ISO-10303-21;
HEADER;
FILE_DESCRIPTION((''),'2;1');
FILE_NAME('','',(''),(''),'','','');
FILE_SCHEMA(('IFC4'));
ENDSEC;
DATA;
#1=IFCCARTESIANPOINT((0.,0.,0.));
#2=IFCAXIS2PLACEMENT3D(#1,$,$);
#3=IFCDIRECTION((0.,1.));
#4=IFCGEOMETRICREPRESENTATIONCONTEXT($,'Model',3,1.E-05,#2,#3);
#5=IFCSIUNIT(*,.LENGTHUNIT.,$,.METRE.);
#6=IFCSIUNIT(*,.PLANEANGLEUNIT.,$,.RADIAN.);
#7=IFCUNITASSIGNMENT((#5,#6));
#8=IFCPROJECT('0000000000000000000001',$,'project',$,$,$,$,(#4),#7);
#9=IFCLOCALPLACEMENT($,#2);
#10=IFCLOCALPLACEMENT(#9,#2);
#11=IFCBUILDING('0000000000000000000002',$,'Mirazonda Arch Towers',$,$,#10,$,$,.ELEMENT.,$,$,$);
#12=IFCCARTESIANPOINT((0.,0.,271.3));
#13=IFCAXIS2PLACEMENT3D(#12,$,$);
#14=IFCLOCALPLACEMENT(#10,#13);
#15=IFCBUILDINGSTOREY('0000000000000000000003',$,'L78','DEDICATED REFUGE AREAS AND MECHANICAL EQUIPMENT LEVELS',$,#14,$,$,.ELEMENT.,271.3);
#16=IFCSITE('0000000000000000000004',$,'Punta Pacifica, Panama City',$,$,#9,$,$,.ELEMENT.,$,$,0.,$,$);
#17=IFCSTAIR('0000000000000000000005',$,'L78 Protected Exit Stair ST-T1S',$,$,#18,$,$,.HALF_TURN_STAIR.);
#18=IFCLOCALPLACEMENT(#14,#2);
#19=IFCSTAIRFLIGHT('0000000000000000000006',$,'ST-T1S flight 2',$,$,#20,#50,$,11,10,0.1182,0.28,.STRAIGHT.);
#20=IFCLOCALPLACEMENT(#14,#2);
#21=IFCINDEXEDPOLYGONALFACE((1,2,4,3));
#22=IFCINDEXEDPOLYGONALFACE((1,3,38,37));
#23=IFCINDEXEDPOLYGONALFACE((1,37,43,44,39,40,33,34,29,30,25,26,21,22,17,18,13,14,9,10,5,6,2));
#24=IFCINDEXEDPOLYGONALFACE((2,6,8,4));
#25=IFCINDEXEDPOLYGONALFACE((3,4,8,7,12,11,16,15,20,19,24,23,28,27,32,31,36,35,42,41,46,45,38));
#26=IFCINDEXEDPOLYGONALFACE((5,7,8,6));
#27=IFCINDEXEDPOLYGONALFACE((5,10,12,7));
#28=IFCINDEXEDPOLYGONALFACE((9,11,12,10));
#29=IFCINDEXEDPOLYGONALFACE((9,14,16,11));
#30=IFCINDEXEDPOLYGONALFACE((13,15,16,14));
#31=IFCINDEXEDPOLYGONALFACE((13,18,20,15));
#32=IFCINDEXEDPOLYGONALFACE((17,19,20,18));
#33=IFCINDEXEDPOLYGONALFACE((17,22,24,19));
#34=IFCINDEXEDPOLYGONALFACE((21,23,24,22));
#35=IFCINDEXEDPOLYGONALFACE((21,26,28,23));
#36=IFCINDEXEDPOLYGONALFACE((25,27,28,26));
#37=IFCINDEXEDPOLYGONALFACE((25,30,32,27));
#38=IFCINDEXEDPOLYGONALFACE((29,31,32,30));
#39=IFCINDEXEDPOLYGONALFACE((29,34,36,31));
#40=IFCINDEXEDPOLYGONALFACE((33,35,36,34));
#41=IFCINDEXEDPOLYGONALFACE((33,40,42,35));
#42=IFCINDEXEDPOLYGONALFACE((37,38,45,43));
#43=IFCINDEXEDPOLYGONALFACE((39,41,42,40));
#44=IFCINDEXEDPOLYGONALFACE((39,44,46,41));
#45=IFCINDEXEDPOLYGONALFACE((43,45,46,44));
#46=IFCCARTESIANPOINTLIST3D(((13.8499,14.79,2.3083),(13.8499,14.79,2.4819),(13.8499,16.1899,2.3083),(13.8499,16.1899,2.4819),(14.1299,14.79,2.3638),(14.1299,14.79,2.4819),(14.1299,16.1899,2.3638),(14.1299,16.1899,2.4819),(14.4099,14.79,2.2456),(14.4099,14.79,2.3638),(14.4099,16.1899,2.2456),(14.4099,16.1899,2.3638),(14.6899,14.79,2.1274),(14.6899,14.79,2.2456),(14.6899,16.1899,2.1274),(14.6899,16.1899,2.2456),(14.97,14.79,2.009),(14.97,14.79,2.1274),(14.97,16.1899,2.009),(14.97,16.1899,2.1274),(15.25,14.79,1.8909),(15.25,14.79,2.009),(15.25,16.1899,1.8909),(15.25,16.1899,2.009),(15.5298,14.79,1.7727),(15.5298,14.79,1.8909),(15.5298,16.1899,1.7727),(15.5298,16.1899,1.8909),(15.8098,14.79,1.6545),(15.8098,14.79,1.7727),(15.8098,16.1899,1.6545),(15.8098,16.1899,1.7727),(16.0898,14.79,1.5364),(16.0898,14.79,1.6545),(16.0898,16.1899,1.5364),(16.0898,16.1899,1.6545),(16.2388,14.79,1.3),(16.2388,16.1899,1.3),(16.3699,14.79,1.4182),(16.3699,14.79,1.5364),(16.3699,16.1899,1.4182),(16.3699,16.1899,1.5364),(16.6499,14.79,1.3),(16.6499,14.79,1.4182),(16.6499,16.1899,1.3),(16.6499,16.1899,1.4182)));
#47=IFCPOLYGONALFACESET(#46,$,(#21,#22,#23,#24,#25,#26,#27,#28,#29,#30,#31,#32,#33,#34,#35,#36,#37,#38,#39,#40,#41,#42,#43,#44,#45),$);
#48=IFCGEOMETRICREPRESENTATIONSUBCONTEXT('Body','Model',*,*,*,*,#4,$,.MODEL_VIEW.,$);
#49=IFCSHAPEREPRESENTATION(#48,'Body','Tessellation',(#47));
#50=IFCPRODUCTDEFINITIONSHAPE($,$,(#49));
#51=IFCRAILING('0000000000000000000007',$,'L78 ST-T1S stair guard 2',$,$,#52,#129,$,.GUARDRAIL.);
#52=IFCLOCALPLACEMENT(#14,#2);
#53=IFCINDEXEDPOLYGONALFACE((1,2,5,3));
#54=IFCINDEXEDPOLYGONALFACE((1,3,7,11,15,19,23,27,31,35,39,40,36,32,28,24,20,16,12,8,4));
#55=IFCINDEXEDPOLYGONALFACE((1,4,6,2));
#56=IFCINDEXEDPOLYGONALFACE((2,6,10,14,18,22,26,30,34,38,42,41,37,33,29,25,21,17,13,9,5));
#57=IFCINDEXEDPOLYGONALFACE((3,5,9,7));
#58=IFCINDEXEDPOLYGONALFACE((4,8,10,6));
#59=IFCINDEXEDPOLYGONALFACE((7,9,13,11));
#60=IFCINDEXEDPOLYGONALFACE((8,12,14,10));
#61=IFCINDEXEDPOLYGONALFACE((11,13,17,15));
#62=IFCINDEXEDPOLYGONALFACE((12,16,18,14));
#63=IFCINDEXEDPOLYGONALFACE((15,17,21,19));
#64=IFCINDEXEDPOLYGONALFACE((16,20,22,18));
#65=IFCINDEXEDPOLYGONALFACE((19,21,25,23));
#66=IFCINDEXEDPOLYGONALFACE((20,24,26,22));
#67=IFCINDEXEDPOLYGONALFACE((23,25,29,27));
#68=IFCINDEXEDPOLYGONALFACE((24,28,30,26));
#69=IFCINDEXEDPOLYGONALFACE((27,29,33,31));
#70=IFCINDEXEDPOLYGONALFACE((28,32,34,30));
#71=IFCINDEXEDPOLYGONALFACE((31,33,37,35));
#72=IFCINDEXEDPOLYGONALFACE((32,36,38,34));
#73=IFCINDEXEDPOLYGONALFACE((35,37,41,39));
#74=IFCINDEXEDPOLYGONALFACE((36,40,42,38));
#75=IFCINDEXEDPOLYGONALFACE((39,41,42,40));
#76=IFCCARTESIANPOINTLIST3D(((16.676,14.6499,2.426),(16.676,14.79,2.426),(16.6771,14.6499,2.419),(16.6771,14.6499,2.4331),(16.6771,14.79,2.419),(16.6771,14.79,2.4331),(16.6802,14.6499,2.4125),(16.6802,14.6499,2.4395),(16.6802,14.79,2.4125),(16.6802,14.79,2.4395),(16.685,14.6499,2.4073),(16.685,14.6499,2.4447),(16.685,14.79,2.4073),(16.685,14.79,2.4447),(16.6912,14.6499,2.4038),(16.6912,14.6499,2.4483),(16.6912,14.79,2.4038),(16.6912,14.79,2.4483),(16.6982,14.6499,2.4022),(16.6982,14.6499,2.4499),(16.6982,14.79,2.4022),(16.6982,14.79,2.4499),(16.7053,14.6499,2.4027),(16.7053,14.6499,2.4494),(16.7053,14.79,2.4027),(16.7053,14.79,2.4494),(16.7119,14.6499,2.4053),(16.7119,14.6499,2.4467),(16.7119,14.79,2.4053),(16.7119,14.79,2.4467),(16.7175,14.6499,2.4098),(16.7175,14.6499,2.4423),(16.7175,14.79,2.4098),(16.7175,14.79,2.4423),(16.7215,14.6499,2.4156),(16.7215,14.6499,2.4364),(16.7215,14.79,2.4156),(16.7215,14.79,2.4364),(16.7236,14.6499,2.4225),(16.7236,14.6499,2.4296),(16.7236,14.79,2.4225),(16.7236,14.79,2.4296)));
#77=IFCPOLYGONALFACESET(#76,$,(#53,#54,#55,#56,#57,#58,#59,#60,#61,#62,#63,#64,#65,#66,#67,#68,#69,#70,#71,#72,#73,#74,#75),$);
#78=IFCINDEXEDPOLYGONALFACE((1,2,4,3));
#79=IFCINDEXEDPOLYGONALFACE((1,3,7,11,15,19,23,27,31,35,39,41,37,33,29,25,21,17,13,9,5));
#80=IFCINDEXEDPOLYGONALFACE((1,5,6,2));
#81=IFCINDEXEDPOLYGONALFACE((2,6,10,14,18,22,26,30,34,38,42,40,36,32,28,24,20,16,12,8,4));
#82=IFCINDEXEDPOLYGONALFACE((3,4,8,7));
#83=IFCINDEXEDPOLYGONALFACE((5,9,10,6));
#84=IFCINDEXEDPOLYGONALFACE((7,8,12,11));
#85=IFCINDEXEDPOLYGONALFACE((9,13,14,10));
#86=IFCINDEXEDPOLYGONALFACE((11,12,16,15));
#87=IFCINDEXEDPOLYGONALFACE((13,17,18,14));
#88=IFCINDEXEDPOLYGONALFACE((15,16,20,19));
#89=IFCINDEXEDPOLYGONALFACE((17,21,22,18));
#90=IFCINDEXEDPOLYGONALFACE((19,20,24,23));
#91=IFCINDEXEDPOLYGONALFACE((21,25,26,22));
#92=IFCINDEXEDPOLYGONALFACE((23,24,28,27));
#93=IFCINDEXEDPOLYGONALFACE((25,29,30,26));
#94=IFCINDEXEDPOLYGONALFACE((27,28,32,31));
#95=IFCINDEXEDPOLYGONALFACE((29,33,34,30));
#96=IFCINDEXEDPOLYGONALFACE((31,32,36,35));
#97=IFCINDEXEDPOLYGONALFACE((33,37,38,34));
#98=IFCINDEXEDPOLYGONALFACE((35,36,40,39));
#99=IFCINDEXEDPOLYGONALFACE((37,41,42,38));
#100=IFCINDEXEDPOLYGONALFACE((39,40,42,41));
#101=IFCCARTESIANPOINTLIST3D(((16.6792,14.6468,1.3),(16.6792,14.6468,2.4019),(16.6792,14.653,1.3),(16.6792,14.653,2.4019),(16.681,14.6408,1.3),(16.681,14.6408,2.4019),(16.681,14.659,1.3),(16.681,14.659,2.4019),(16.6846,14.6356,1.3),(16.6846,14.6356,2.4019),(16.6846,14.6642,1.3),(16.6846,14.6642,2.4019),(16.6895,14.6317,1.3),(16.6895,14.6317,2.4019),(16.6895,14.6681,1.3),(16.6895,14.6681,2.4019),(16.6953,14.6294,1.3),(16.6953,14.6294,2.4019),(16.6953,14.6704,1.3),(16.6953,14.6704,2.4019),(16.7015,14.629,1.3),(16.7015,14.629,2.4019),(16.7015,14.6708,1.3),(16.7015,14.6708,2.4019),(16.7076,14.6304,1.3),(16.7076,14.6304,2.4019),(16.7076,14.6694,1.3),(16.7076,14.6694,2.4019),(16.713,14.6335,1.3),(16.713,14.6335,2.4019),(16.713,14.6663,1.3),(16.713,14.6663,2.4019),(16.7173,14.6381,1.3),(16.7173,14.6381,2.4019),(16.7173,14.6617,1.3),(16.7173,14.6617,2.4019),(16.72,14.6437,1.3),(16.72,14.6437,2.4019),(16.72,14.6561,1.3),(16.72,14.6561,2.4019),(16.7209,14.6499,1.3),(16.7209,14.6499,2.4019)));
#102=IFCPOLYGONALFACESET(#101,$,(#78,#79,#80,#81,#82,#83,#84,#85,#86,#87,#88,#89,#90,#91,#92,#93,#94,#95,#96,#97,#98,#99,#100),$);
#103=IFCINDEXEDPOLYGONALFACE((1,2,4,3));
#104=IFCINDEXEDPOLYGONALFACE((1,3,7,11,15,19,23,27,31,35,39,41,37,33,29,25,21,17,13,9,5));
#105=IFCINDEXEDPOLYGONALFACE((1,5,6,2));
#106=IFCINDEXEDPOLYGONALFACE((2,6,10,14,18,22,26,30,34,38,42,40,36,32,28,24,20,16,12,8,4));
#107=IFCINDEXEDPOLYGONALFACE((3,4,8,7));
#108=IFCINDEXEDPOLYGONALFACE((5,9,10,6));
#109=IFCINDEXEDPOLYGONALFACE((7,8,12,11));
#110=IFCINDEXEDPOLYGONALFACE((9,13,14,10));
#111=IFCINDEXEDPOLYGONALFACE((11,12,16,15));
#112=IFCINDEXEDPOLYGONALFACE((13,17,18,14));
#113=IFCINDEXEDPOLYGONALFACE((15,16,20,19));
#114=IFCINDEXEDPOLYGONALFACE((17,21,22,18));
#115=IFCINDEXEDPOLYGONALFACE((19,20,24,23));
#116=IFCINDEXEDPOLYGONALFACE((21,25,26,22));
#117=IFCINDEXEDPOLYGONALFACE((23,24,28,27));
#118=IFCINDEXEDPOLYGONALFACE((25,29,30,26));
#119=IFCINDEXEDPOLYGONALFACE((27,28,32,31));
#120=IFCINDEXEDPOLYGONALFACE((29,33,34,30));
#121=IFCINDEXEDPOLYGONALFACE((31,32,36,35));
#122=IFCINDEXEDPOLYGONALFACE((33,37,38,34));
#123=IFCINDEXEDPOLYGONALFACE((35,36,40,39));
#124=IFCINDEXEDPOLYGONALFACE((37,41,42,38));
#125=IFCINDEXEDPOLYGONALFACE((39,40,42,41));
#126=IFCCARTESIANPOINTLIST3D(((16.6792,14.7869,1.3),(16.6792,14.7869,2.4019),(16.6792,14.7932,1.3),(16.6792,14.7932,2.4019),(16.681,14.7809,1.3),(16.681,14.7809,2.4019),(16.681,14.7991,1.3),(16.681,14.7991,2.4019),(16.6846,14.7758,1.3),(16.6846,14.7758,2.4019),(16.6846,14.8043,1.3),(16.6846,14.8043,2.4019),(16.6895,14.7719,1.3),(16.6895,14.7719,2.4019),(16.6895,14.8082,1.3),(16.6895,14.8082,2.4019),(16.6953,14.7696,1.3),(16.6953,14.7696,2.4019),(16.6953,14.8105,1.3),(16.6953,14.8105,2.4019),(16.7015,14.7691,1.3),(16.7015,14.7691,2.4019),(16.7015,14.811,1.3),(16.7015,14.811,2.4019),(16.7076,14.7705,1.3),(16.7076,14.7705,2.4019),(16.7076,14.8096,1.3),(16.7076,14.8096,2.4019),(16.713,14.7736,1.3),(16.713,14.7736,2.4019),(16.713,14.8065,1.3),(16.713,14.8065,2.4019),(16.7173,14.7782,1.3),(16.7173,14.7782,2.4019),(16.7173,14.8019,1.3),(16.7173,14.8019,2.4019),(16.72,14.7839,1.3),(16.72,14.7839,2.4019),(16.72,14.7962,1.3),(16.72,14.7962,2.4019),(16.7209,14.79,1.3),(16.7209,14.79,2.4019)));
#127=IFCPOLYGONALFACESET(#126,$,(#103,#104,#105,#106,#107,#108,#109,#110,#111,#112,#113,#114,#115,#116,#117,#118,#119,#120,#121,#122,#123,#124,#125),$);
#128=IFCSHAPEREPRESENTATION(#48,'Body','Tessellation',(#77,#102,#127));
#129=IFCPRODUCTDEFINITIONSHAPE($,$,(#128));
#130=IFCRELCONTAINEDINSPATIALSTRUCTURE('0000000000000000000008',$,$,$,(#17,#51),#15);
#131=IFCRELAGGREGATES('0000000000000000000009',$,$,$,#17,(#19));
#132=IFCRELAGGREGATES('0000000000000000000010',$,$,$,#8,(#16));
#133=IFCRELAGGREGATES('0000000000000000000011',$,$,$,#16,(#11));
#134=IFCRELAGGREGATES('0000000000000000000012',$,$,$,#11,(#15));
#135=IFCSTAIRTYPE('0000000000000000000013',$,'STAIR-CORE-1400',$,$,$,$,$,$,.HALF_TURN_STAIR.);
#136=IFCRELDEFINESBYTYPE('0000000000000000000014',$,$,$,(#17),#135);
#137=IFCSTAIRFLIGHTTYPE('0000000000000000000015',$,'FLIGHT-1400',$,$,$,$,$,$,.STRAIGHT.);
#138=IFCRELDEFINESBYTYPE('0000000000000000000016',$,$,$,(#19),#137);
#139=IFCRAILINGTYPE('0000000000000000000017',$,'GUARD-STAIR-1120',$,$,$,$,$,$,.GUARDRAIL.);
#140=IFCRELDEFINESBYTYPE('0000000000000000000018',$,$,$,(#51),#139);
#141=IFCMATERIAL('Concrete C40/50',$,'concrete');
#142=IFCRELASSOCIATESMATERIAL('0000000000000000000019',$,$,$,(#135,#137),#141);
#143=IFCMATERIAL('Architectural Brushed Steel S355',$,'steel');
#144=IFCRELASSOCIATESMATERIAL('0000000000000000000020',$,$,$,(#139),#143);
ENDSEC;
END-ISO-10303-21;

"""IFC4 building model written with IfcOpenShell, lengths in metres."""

from ifc_helpers import new_model, si_unit, direction, frame, origin, origin_2d, place, context, subcontext, project, spatial, polyline, circle, outline, extrude, material, type_object, element, aggregate, save


model = new_model("IFC4")

# Units and contexts
model_context = context("Model", 3, precision=1e-05, world=origin(), true_north=direction((0.0, 1.0)))
body_context = subcontext(model_context, "Body", "Model", "MODEL_VIEW")
ifc_project = project(units=[si_unit("LENGTHUNIT", "METRE"), si_unit("PLANEANGLEUNIT", "RADIAN")], contexts=[model_context])

# Site, building, storey
site_placement = place(None, origin())
site = spatial("IfcSite", under=ifc_project, at=site_placement, Name="Punta Pacifica, Panama City", CompositionType="ELEMENT", RefElevation=0.0)
building_placement = place(site_placement, origin())
building = spatial("IfcBuilding", under=site, at=building_placement, Name="Mirazonda Arch Towers", CompositionType="ELEMENT")
storey_placement = place(building_placement, frame((0.0, 0.0, 271.3)))
storey = spatial("IfcBuildingStorey", under=building, at=storey_placement, Name="L78", Description="DEDICATED REFUGE AREAS AND MECHANICAL EQUIPMENT LEVELS", CompositionType="ELEMENT", Elevation=271.3)

# Shared definitions
ifc_material_1 = material(Name="Concrete C40/50", Category="concrete")

# Shared definitions
ifc_material_2 = material(Name="Architectural Brushed Steel S355", Category="steel")

# Stair, stair flight
stair_type = type_object("IfcStairType", Name="STAIR-CORE-1400", PredefinedType="HALF_TURN_STAIR", material=ifc_material_1)
stair_placement = place(storey_placement, origin())
stair = element("IfcStair", 1, at=stair_placement, inside=storey, type_object=stair_type, Name="L78 Protected Exit Stair ST-T1S", PredefinedType="HALF_TURN_STAIR")
stair_flight_type = type_object("IfcStairFlightType", Name="FLIGHT-1400", PredefinedType="STRAIGHT", material=ifc_material_1)
stair_flight_placement = place(storey_placement, frame((16.6499, 15.49, 1.3), z_axis=(0.0, 0.0, 1.0), x_axis=(-1.0, 0.0, 0.0)))
stair_flight = element("IfcStairFlight", 2, at=stair_flight_placement, type_object=stair_flight_type, Name="ST-T1S flight 2", NumberOfRisers=11, NumberOfTreads=10, PredefinedType="STRAIGHT", RiserHeight=0.1182, TreadLength=0.28, context=body_context, shape_type="SweptSolid", body=[
    extrude(outline(polyline([(0.0, 0.0), (0.0, 0.1182), (0.28, 0.1182), (0.28, 0.2363), (0.5601, 0.2363), (0.5601, 0.3545), (0.8401, 0.3545), (0.8401, 0.4727), (1.1201, 0.4727), (1.1201, 0.5908), (1.3999, 0.5908), (1.3999, 0.709), (1.6799, 0.709), (1.6799, 0.8274), (1.96, 0.8274), (1.96, 0.9456), (2.24, 0.9456), (2.24, 1.0637), (2.52, 1.0637), (2.52, 1.1819), (2.8, 1.1819), (2.8, 1.3), (2.8, 1.0083), (0.4111, 0.0), (0.0, 0.0)])), frame((0.0, 0.7, 0.0), z_axis=(0.0, -1.0, 0.0), x_axis=(1.0, 0.0, 0.0)), (0.0, 0.0, 1.0), 1.3999),
])
aggregate(stair, [stair_flight])

# Railing
railing_type_1 = type_object("IfcRailingType", Name="GUARD-STAIR-1120", PredefinedType="GUARDRAIL", material=ifc_material_2)
railing_1_placement = place(storey_placement, frame((16.7, 14.6499, 1.3)))
element("IfcRailing", 3, at=railing_1_placement, inside=storey, type_object=railing_type_1, Name="L78 ST-T1S stair guard 2", PredefinedType="GUARDRAIL", context=body_context, shape_type="SweptSolid", body=[
    extrude(circle(Radius=0.0239, at=origin_2d()), frame((0.0, 0.0, 1.126), z_axis=(0.0, 1.0, 0.0), x_axis=(-1.0, 0.0, 0.0)), (0.0, 0.0, 1.0), 0.1401),
    extrude(circle(Radius=0.021, at=origin_2d()), origin(), (0.0, 0.0, 1.0), 1.1018),
    extrude(circle(Radius=0.021, at=origin_2d()), frame((0.0, 0.1401, 0.0)), (0.0, 0.0, 1.0), 1.1018),
])

save(model, "model.ifc")
